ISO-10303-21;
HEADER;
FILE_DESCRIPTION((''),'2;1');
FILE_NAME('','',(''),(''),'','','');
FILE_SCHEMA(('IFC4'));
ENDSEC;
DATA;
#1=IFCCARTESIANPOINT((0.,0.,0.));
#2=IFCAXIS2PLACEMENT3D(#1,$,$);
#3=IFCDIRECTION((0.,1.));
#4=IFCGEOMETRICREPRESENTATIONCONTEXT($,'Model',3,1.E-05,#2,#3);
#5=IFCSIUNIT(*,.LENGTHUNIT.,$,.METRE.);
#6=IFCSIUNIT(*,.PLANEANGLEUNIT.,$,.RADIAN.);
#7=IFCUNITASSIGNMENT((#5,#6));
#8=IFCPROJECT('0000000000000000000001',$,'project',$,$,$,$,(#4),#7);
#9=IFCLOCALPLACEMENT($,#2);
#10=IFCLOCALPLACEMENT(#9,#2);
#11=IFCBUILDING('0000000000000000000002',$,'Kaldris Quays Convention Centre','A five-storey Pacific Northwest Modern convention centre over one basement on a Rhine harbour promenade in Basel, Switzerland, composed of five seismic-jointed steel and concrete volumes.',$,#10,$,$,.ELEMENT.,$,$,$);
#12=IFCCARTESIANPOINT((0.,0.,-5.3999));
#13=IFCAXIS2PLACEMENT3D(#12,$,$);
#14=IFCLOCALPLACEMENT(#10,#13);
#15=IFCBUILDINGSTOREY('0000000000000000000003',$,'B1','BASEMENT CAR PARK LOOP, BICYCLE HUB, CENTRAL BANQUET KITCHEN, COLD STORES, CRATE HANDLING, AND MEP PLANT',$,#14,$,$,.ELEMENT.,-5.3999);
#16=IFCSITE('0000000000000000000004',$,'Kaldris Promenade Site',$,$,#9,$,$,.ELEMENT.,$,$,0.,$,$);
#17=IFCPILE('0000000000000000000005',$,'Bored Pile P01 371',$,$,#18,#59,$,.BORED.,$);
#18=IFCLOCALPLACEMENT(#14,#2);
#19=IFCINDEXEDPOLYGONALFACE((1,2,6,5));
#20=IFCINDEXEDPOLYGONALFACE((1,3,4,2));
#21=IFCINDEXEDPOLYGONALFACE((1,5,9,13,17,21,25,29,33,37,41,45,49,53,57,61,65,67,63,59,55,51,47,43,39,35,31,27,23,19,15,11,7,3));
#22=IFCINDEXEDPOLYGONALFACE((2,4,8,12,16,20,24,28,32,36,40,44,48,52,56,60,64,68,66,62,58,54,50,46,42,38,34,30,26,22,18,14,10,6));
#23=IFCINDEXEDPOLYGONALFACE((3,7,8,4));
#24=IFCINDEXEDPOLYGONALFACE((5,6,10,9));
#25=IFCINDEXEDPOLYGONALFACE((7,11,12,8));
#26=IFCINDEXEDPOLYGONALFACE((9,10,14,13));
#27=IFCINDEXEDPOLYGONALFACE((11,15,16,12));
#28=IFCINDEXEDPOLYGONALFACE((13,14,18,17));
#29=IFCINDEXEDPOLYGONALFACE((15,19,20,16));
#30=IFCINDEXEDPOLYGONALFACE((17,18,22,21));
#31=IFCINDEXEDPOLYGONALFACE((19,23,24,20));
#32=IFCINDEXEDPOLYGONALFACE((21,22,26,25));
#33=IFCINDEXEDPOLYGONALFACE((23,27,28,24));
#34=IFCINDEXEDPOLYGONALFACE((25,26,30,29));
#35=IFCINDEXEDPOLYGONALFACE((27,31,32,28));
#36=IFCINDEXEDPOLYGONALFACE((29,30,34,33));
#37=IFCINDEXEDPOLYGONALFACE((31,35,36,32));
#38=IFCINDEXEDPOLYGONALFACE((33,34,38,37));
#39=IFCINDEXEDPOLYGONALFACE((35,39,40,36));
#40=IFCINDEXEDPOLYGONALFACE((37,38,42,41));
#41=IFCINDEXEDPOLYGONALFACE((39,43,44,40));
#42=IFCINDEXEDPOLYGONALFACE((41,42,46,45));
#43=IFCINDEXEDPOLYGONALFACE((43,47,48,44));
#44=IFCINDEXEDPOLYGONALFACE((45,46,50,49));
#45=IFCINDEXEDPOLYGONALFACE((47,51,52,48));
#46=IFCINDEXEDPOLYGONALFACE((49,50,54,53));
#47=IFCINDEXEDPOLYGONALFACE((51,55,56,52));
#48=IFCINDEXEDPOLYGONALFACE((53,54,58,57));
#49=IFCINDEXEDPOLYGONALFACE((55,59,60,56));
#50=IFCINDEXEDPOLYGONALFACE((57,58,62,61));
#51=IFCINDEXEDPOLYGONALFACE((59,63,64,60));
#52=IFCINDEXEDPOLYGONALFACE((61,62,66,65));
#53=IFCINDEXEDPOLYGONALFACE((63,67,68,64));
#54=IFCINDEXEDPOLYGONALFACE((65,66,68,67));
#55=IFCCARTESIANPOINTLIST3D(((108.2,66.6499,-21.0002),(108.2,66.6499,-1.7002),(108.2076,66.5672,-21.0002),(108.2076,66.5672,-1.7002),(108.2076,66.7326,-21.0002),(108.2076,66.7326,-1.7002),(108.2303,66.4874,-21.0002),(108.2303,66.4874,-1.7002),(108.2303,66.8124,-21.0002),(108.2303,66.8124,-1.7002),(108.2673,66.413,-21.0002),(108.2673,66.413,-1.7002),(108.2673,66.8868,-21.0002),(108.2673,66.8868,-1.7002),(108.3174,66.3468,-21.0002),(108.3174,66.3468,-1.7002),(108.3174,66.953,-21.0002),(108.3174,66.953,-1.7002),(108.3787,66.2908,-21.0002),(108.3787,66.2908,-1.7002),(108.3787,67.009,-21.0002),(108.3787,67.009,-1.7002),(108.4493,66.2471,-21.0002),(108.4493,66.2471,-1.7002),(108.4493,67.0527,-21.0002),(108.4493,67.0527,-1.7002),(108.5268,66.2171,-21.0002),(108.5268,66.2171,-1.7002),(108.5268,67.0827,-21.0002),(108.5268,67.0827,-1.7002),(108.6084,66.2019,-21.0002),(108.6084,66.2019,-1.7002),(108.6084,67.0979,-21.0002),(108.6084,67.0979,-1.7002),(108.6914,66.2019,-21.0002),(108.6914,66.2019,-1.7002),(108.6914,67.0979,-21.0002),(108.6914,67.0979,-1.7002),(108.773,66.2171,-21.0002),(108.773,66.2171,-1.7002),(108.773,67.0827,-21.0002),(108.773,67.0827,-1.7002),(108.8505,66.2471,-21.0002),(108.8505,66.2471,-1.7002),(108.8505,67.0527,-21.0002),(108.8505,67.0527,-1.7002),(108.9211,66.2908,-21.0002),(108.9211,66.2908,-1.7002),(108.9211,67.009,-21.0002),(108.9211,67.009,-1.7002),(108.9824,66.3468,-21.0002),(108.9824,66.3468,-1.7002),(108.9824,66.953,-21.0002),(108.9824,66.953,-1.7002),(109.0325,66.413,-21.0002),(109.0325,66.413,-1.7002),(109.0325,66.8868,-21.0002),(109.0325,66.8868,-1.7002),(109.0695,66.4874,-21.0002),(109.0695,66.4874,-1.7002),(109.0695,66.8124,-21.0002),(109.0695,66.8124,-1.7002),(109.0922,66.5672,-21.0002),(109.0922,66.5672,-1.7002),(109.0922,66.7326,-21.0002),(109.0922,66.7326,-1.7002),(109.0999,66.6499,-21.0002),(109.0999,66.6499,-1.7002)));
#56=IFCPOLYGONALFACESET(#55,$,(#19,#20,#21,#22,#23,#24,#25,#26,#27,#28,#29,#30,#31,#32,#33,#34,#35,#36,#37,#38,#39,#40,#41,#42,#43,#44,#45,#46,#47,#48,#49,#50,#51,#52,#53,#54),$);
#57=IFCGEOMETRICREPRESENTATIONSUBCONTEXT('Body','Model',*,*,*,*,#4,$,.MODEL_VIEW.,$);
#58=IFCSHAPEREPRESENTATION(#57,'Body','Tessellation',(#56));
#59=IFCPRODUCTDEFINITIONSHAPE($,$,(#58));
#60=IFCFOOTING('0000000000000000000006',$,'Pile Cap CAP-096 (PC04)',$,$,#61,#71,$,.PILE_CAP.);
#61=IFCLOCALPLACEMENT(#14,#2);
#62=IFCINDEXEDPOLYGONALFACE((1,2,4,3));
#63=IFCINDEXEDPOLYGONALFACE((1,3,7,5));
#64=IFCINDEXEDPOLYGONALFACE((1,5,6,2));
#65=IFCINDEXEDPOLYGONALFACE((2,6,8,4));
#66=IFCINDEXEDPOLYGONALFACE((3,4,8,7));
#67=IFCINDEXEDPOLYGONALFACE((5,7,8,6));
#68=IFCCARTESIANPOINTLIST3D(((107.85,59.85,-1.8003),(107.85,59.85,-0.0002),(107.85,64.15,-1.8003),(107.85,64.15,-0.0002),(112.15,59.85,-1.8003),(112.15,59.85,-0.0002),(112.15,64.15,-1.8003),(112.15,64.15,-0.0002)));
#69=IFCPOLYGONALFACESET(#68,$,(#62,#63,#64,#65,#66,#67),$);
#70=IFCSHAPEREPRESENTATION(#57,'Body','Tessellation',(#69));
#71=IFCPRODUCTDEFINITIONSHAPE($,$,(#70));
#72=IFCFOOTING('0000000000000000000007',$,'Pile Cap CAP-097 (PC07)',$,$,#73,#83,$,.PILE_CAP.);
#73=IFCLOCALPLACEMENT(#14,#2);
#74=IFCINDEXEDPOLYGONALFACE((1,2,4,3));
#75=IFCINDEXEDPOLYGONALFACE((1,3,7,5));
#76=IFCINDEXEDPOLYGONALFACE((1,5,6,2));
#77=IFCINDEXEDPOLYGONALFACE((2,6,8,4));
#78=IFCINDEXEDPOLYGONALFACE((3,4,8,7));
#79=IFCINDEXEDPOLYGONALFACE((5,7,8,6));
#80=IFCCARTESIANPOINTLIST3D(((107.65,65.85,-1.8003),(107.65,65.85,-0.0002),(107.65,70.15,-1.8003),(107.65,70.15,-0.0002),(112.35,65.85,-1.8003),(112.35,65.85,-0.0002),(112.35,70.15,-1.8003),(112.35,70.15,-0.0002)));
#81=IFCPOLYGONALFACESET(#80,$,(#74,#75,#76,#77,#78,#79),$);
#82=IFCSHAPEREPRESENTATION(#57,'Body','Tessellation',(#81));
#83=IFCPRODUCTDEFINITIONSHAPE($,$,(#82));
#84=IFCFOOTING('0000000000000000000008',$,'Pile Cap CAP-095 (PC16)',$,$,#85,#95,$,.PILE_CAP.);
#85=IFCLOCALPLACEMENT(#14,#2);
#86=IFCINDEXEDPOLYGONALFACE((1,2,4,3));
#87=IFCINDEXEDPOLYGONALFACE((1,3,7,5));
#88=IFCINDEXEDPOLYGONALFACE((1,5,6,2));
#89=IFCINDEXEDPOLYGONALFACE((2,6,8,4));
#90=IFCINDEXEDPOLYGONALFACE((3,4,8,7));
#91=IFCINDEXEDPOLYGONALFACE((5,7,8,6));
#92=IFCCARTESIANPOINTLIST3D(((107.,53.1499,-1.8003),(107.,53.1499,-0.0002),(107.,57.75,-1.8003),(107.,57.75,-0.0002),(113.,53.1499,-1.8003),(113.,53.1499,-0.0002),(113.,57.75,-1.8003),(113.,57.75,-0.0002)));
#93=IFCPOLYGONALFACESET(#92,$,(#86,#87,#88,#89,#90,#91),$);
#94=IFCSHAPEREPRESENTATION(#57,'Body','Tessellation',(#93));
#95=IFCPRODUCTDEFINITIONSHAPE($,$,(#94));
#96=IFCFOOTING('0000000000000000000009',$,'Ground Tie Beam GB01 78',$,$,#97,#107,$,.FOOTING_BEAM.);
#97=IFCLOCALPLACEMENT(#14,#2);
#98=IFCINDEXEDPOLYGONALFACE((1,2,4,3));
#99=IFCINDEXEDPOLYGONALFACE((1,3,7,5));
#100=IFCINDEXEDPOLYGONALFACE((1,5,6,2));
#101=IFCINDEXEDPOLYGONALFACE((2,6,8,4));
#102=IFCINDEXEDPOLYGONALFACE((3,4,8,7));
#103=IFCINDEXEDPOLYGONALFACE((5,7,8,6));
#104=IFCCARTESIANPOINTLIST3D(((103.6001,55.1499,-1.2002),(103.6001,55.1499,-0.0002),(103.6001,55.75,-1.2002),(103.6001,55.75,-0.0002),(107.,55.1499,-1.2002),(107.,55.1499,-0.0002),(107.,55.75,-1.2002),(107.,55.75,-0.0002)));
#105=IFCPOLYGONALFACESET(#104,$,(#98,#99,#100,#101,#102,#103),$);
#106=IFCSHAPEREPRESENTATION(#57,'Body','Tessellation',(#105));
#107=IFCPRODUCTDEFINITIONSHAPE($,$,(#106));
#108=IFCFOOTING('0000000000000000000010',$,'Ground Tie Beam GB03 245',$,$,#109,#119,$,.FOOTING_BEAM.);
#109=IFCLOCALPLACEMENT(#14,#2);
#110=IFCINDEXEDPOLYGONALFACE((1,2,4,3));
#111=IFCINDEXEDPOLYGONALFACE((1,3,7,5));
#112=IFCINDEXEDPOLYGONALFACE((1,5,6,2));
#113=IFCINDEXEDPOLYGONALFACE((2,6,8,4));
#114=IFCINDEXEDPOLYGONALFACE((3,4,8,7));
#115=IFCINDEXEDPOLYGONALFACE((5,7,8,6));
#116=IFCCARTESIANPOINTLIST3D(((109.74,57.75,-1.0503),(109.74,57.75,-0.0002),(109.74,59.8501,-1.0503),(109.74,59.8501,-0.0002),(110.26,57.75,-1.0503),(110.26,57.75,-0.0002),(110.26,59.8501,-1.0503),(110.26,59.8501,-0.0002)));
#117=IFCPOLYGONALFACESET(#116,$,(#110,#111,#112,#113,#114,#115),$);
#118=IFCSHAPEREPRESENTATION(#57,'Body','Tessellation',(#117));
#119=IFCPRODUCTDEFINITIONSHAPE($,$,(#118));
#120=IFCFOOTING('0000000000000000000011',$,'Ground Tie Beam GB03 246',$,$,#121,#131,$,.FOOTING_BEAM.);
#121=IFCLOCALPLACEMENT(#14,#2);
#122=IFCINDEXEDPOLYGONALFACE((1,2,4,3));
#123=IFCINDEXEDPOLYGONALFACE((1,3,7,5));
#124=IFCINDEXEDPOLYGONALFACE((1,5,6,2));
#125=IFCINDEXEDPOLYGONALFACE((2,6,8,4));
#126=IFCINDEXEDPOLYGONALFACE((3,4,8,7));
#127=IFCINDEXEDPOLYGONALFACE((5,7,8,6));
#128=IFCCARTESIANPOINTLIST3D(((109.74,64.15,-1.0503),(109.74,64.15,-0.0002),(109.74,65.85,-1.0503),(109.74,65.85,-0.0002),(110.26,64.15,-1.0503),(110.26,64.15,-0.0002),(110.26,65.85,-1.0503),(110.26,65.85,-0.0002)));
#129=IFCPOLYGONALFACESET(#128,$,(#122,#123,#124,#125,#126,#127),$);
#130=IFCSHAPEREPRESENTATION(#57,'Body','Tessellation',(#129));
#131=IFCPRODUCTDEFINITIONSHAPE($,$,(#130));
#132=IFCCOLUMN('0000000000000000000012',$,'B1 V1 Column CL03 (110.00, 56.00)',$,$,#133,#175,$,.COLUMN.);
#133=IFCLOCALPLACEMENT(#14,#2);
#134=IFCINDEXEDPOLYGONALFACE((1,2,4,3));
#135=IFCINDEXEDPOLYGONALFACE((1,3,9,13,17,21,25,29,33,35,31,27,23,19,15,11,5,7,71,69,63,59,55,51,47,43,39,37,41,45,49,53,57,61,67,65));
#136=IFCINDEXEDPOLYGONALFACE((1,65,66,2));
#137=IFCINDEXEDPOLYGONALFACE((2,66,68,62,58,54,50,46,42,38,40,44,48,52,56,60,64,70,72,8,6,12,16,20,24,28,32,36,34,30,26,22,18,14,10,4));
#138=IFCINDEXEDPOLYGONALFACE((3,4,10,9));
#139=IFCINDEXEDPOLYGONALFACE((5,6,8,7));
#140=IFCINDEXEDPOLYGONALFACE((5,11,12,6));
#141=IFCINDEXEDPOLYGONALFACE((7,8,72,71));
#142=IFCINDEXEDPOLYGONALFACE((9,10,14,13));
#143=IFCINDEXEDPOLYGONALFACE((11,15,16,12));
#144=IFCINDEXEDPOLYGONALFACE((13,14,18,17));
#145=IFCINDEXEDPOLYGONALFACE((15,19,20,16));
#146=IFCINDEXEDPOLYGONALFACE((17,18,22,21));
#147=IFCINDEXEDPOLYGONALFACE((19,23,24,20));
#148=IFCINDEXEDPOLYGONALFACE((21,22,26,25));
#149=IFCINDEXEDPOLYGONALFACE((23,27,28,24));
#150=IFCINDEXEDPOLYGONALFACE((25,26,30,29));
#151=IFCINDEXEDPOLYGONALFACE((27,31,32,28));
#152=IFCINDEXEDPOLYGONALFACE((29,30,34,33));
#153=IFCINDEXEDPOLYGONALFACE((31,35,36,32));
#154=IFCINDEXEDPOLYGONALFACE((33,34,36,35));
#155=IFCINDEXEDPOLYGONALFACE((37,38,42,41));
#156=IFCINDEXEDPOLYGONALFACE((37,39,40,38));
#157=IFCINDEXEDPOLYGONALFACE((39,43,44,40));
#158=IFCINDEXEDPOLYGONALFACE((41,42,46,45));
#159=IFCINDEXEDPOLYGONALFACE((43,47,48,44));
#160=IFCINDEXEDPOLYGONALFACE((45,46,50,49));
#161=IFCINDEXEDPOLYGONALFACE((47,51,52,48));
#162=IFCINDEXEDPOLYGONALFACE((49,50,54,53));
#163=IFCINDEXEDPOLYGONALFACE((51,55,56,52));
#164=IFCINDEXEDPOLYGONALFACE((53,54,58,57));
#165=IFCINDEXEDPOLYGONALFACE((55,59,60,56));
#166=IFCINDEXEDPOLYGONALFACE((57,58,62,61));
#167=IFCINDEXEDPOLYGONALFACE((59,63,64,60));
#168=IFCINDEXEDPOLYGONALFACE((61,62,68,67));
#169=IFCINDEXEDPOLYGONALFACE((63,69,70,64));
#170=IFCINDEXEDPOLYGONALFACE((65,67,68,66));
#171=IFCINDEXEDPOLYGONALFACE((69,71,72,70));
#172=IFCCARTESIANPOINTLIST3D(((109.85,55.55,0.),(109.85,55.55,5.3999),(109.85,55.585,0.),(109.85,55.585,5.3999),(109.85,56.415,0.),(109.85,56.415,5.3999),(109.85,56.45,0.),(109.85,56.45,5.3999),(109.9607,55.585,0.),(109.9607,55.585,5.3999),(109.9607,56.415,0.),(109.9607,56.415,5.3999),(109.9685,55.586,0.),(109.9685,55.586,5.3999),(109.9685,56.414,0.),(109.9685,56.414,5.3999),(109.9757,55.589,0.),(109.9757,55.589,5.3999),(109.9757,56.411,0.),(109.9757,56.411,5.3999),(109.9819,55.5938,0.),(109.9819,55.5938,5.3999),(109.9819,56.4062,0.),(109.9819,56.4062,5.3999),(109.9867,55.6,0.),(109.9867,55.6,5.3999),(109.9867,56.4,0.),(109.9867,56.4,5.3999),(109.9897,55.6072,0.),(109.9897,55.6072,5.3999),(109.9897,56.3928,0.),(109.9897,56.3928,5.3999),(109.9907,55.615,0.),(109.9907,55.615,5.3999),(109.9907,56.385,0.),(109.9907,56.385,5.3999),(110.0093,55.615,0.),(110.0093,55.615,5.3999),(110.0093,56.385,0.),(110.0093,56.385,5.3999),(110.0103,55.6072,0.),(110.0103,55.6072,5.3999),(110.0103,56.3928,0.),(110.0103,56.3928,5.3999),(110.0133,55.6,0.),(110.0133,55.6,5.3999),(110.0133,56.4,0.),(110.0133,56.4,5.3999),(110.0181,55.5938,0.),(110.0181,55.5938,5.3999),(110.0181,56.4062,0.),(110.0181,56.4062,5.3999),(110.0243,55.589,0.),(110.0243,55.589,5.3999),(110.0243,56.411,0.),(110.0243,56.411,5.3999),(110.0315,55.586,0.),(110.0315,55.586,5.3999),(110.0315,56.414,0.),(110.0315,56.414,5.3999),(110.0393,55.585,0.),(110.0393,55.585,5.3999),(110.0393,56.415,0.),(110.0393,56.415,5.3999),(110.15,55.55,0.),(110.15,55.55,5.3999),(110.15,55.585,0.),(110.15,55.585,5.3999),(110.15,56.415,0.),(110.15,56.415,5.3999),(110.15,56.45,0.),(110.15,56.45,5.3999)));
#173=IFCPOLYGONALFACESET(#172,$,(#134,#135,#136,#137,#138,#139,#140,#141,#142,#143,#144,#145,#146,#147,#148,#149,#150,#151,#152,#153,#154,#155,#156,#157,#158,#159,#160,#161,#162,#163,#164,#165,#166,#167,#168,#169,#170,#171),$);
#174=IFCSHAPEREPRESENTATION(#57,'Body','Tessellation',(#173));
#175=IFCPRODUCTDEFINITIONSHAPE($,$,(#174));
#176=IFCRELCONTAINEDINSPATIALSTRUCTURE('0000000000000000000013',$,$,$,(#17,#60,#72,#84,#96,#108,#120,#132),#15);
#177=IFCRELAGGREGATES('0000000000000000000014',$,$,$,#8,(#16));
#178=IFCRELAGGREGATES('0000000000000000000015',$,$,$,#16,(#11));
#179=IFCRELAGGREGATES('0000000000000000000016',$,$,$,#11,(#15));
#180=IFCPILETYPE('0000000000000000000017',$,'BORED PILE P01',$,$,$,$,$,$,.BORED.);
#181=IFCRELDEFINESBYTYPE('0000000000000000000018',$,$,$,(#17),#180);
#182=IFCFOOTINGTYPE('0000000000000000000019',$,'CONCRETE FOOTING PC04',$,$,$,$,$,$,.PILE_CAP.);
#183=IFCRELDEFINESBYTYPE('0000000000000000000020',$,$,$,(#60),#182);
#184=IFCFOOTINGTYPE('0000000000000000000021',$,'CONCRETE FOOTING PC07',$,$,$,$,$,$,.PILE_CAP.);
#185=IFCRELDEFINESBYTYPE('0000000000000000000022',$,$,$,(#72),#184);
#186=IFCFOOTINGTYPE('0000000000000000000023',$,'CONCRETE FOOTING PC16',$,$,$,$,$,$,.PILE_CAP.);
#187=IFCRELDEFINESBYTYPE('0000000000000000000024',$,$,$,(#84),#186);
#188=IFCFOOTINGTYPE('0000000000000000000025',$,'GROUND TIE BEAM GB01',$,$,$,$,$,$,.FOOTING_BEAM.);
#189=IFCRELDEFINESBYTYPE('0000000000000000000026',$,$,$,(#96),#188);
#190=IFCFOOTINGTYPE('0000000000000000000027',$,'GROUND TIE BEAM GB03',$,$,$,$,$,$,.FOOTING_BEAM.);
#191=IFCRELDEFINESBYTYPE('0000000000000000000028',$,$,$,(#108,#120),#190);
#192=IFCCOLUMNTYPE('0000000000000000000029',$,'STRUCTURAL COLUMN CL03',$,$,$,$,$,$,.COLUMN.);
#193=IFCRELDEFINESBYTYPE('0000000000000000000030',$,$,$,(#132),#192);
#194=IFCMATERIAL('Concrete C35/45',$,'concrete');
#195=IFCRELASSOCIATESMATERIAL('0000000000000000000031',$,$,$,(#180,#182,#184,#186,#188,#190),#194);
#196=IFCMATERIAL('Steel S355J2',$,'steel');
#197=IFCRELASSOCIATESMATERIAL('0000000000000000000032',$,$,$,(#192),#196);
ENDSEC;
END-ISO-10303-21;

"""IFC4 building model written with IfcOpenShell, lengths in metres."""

from ifc_helpers import new_model, si_unit, direction, frame, origin, origin_2d, place, context, subcontext, project, spatial, rectangle, circle, i_section, extrude, material, material_profile, profile_set, type_object, element, save


model = new_model("IFC4")

# Units and contexts
model_context = context("Model", 3, precision=1e-05, world=origin(), true_north=direction((0.0, 1.0)))
body_context = subcontext(model_context, "Body", "Model", "MODEL_VIEW")
ifc_project = project(units=[si_unit("LENGTHUNIT", "METRE"), si_unit("PLANEANGLEUNIT", "RADIAN")], contexts=[model_context])

# Site, building, storey
site_placement = place(None, origin())
site = spatial("IfcSite", under=ifc_project, at=site_placement, Name="Kaldris Promenade Site", CompositionType="ELEMENT", RefElevation=0.0)
building_placement = place(site_placement, origin())
building = spatial("IfcBuilding", under=site, at=building_placement, Name="Kaldris Quays Convention Centre", Description="A five-storey Pacific Northwest Modern convention centre over one basement on a Rhine harbour promenade in Basel, Switzerland, composed of five seismic-jointed steel and concrete volumes.", CompositionType="ELEMENT")
storey_placement = place(building_placement, frame((0.0, 0.0, -5.3999)))
storey = spatial("IfcBuildingStorey", under=building, at=storey_placement, Name="B1", Description="BASEMENT CAR PARK LOOP, BICYCLE HUB, CENTRAL BANQUET KITCHEN, COLD STORES, CRATE HANDLING, AND MEP PLANT", CompositionType="ELEMENT", Elevation=-5.3999)

# Pile
ifc_material_1 = material(Name="Concrete C35/45", Category="concrete")
ifc_material_profile_1 = material_profile(ifc_material_1, circle(Radius=0.45, at=origin_2d()), Name="BORED PILE D900")
ifc_profile_set_1 = profile_set([ifc_material_profile_1], Name="Concrete C35/45")
pile_type = type_object("IfcPileType", Name="BORED PILE P01", PredefinedType="BORED", material=ifc_profile_set_1)
for number, where, z_axis, x_axis, name in (
    (1, (108.6499, 66.6499, -1.7002), (0.0, 0.0, -1.0), (1.0, 0.0, 0.0), "Bored Pile P01 371"),
):
    element("IfcPile", number, at=place(storey_placement, frame(where, z_axis=z_axis, x_axis=x_axis)), inside=storey, type_object=pile_type, Name=name, PredefinedType="BORED", context=body_context, shape_type="SweptSolid", body=[
        extrude(circle(Radius=0.45, at=origin_2d()), origin(), (0.0, 0.0, 1.0), 19.3),
    ])

# Footings
footing_type_1 = type_object("IfcFootingType", Name="CONCRETE FOOTING PC04", PredefinedType="PILE_CAP", material=ifc_material_1)
footing_1_placement = place(storey_placement, frame((110.0, 62.0, -1.8003), z_axis=(0.0, 0.0, 1.0), x_axis=(1.0, 0.0, 0.0)))
element("IfcFooting", 2, at=footing_1_placement, inside=storey, type_object=footing_type_1, Name="Pile Cap CAP-096 (PC04)", PredefinedType="PILE_CAP", context=body_context, shape_type="SweptSolid", body=[
    extrude(rectangle(XDim=4.3, YDim=4.3, at=origin_2d()), origin(), (0.0, 0.0, 1.0), 1.8),
])
footing_type_2 = type_object("IfcFootingType", Name="CONCRETE FOOTING PC07", PredefinedType="PILE_CAP", material=ifc_material_1)
footing_2_placement = place(storey_placement, frame((110.0, 68.0, -1.8003), z_axis=(0.0, 0.0, 1.0), x_axis=(1.0, 0.0, 0.0)))
element("IfcFooting", 3, at=footing_2_placement, inside=storey, type_object=footing_type_2, Name="Pile Cap CAP-097 (PC07)", PredefinedType="PILE_CAP", context=body_context, shape_type="SweptSolid", body=[
    extrude(rectangle(XDim=4.7, YDim=4.3, at=origin_2d()), origin(), (0.0, 0.0, 1.0), 1.8),
])
footing_type_3 = type_object("IfcFootingType", Name="CONCRETE FOOTING PC16", PredefinedType="PILE_CAP", material=ifc_material_1)
footing_3_placement = place(storey_placement, frame((110.0, 55.45, -1.8003), z_axis=(0.0, 0.0, 1.0), x_axis=(1.0, 0.0, 0.0)))
element("IfcFooting", 4, at=footing_3_placement, inside=storey, type_object=footing_type_3, Name="Pile Cap CAP-095 (PC16)", PredefinedType="PILE_CAP", context=body_context, shape_type="SweptSolid", body=[
    extrude(rectangle(XDim=6.0, YDim=4.6001, at=origin_2d()), origin(), (0.0, 0.0, 1.0), 1.8),
])
footing_type_4 = type_object("IfcFootingType", Name="GROUND TIE BEAM GB01", PredefinedType="FOOTING_BEAM", material=ifc_material_1)
footing_4_placement = place(storey_placement, frame((105.3, 55.45, -1.2002), z_axis=(0.0, 0.0, 1.0), x_axis=(1.0, 0.0, 0.0)))
element("IfcFooting", 5, at=footing_4_placement, inside=storey, type_object=footing_type_4, Name="Ground Tie Beam GB01 78", PredefinedType="FOOTING_BEAM", context=body_context, shape_type="SweptSolid", body=[
    extrude(rectangle(XDim=3.3999, YDim=0.6001, at=origin_2d()), origin(), (0.0, 0.0, 1.0), 1.2),
])
footing_type_5 = type_object("IfcFootingType", Name="GROUND TIE BEAM GB03", PredefinedType="FOOTING_BEAM", material=ifc_material_1)
footing_5_placement = place(storey_placement, frame((110.0, 58.8, -1.0503), z_axis=(0.0, 0.0, 1.0), x_axis=(1.0, 0.0, 0.0)))
element("IfcFooting", 6, at=footing_5_placement, inside=storey, type_object=footing_type_5, Name="Ground Tie Beam GB03 245", PredefinedType="FOOTING_BEAM", context=body_context, shape_type="SweptSolid", body=[
    extrude(rectangle(XDim=0.52, YDim=2.1001, at=origin_2d()), origin(), (0.0, 0.0, 1.0), 1.05),
])
footing_6_placement = place(storey_placement, frame((110.0, 65.0, -1.0503), z_axis=(0.0, 0.0, 1.0), x_axis=(1.0, 0.0, 0.0)))
element("IfcFooting", 7, at=footing_6_placement, inside=storey, type_object=footing_type_5, Name="Ground Tie Beam GB03 246", PredefinedType="FOOTING_BEAM", context=body_context, shape_type="SweptSolid", body=[
    extrude(rectangle(XDim=0.52, YDim=1.7, at=origin_2d()), origin(), (0.0, 0.0, 1.0), 1.05),
])

# Column
ifc_material_2 = material(Name="Steel S355J2", Category="steel")
ifc_material_profile_2 = material_profile(ifc_material_2, i_section(OverallWidth=0.3, OverallDepth=0.8999, WebThickness=0.0186, FlangeThickness=0.0349, FilletRadius=0.03, at=origin_2d()), Name="HEB 900")
ifc_profile_set_2 = profile_set([ifc_material_profile_2], Name="Steel S355J2")
column_type_1 = type_object("IfcColumnType", Name="STRUCTURAL COLUMN CL03", PredefinedType="COLUMN", material=ifc_profile_set_2)
column_1_placement = place(storey_placement, frame((110.0, 56.0, 0.0), z_axis=(0.0, 0.0, 1.0), x_axis=(1.0, 0.0, 0.0)))
element("IfcColumn", 8, at=column_1_placement, inside=storey, type_object=column_type_1, Name="B1 V1 Column CL03 (110.00, 56.00)", PredefinedType="COLUMN", context=body_context, shape_type="SweptSolid", body=[
    extrude(i_section(OverallWidth=0.3, OverallDepth=0.8999, WebThickness=0.0186, FlangeThickness=0.0349, FilletRadius=0.03, at=origin_2d()), origin(), (0.0, 0.0, 1.0), 5.3999),
])

save(model, "model.ifc")
